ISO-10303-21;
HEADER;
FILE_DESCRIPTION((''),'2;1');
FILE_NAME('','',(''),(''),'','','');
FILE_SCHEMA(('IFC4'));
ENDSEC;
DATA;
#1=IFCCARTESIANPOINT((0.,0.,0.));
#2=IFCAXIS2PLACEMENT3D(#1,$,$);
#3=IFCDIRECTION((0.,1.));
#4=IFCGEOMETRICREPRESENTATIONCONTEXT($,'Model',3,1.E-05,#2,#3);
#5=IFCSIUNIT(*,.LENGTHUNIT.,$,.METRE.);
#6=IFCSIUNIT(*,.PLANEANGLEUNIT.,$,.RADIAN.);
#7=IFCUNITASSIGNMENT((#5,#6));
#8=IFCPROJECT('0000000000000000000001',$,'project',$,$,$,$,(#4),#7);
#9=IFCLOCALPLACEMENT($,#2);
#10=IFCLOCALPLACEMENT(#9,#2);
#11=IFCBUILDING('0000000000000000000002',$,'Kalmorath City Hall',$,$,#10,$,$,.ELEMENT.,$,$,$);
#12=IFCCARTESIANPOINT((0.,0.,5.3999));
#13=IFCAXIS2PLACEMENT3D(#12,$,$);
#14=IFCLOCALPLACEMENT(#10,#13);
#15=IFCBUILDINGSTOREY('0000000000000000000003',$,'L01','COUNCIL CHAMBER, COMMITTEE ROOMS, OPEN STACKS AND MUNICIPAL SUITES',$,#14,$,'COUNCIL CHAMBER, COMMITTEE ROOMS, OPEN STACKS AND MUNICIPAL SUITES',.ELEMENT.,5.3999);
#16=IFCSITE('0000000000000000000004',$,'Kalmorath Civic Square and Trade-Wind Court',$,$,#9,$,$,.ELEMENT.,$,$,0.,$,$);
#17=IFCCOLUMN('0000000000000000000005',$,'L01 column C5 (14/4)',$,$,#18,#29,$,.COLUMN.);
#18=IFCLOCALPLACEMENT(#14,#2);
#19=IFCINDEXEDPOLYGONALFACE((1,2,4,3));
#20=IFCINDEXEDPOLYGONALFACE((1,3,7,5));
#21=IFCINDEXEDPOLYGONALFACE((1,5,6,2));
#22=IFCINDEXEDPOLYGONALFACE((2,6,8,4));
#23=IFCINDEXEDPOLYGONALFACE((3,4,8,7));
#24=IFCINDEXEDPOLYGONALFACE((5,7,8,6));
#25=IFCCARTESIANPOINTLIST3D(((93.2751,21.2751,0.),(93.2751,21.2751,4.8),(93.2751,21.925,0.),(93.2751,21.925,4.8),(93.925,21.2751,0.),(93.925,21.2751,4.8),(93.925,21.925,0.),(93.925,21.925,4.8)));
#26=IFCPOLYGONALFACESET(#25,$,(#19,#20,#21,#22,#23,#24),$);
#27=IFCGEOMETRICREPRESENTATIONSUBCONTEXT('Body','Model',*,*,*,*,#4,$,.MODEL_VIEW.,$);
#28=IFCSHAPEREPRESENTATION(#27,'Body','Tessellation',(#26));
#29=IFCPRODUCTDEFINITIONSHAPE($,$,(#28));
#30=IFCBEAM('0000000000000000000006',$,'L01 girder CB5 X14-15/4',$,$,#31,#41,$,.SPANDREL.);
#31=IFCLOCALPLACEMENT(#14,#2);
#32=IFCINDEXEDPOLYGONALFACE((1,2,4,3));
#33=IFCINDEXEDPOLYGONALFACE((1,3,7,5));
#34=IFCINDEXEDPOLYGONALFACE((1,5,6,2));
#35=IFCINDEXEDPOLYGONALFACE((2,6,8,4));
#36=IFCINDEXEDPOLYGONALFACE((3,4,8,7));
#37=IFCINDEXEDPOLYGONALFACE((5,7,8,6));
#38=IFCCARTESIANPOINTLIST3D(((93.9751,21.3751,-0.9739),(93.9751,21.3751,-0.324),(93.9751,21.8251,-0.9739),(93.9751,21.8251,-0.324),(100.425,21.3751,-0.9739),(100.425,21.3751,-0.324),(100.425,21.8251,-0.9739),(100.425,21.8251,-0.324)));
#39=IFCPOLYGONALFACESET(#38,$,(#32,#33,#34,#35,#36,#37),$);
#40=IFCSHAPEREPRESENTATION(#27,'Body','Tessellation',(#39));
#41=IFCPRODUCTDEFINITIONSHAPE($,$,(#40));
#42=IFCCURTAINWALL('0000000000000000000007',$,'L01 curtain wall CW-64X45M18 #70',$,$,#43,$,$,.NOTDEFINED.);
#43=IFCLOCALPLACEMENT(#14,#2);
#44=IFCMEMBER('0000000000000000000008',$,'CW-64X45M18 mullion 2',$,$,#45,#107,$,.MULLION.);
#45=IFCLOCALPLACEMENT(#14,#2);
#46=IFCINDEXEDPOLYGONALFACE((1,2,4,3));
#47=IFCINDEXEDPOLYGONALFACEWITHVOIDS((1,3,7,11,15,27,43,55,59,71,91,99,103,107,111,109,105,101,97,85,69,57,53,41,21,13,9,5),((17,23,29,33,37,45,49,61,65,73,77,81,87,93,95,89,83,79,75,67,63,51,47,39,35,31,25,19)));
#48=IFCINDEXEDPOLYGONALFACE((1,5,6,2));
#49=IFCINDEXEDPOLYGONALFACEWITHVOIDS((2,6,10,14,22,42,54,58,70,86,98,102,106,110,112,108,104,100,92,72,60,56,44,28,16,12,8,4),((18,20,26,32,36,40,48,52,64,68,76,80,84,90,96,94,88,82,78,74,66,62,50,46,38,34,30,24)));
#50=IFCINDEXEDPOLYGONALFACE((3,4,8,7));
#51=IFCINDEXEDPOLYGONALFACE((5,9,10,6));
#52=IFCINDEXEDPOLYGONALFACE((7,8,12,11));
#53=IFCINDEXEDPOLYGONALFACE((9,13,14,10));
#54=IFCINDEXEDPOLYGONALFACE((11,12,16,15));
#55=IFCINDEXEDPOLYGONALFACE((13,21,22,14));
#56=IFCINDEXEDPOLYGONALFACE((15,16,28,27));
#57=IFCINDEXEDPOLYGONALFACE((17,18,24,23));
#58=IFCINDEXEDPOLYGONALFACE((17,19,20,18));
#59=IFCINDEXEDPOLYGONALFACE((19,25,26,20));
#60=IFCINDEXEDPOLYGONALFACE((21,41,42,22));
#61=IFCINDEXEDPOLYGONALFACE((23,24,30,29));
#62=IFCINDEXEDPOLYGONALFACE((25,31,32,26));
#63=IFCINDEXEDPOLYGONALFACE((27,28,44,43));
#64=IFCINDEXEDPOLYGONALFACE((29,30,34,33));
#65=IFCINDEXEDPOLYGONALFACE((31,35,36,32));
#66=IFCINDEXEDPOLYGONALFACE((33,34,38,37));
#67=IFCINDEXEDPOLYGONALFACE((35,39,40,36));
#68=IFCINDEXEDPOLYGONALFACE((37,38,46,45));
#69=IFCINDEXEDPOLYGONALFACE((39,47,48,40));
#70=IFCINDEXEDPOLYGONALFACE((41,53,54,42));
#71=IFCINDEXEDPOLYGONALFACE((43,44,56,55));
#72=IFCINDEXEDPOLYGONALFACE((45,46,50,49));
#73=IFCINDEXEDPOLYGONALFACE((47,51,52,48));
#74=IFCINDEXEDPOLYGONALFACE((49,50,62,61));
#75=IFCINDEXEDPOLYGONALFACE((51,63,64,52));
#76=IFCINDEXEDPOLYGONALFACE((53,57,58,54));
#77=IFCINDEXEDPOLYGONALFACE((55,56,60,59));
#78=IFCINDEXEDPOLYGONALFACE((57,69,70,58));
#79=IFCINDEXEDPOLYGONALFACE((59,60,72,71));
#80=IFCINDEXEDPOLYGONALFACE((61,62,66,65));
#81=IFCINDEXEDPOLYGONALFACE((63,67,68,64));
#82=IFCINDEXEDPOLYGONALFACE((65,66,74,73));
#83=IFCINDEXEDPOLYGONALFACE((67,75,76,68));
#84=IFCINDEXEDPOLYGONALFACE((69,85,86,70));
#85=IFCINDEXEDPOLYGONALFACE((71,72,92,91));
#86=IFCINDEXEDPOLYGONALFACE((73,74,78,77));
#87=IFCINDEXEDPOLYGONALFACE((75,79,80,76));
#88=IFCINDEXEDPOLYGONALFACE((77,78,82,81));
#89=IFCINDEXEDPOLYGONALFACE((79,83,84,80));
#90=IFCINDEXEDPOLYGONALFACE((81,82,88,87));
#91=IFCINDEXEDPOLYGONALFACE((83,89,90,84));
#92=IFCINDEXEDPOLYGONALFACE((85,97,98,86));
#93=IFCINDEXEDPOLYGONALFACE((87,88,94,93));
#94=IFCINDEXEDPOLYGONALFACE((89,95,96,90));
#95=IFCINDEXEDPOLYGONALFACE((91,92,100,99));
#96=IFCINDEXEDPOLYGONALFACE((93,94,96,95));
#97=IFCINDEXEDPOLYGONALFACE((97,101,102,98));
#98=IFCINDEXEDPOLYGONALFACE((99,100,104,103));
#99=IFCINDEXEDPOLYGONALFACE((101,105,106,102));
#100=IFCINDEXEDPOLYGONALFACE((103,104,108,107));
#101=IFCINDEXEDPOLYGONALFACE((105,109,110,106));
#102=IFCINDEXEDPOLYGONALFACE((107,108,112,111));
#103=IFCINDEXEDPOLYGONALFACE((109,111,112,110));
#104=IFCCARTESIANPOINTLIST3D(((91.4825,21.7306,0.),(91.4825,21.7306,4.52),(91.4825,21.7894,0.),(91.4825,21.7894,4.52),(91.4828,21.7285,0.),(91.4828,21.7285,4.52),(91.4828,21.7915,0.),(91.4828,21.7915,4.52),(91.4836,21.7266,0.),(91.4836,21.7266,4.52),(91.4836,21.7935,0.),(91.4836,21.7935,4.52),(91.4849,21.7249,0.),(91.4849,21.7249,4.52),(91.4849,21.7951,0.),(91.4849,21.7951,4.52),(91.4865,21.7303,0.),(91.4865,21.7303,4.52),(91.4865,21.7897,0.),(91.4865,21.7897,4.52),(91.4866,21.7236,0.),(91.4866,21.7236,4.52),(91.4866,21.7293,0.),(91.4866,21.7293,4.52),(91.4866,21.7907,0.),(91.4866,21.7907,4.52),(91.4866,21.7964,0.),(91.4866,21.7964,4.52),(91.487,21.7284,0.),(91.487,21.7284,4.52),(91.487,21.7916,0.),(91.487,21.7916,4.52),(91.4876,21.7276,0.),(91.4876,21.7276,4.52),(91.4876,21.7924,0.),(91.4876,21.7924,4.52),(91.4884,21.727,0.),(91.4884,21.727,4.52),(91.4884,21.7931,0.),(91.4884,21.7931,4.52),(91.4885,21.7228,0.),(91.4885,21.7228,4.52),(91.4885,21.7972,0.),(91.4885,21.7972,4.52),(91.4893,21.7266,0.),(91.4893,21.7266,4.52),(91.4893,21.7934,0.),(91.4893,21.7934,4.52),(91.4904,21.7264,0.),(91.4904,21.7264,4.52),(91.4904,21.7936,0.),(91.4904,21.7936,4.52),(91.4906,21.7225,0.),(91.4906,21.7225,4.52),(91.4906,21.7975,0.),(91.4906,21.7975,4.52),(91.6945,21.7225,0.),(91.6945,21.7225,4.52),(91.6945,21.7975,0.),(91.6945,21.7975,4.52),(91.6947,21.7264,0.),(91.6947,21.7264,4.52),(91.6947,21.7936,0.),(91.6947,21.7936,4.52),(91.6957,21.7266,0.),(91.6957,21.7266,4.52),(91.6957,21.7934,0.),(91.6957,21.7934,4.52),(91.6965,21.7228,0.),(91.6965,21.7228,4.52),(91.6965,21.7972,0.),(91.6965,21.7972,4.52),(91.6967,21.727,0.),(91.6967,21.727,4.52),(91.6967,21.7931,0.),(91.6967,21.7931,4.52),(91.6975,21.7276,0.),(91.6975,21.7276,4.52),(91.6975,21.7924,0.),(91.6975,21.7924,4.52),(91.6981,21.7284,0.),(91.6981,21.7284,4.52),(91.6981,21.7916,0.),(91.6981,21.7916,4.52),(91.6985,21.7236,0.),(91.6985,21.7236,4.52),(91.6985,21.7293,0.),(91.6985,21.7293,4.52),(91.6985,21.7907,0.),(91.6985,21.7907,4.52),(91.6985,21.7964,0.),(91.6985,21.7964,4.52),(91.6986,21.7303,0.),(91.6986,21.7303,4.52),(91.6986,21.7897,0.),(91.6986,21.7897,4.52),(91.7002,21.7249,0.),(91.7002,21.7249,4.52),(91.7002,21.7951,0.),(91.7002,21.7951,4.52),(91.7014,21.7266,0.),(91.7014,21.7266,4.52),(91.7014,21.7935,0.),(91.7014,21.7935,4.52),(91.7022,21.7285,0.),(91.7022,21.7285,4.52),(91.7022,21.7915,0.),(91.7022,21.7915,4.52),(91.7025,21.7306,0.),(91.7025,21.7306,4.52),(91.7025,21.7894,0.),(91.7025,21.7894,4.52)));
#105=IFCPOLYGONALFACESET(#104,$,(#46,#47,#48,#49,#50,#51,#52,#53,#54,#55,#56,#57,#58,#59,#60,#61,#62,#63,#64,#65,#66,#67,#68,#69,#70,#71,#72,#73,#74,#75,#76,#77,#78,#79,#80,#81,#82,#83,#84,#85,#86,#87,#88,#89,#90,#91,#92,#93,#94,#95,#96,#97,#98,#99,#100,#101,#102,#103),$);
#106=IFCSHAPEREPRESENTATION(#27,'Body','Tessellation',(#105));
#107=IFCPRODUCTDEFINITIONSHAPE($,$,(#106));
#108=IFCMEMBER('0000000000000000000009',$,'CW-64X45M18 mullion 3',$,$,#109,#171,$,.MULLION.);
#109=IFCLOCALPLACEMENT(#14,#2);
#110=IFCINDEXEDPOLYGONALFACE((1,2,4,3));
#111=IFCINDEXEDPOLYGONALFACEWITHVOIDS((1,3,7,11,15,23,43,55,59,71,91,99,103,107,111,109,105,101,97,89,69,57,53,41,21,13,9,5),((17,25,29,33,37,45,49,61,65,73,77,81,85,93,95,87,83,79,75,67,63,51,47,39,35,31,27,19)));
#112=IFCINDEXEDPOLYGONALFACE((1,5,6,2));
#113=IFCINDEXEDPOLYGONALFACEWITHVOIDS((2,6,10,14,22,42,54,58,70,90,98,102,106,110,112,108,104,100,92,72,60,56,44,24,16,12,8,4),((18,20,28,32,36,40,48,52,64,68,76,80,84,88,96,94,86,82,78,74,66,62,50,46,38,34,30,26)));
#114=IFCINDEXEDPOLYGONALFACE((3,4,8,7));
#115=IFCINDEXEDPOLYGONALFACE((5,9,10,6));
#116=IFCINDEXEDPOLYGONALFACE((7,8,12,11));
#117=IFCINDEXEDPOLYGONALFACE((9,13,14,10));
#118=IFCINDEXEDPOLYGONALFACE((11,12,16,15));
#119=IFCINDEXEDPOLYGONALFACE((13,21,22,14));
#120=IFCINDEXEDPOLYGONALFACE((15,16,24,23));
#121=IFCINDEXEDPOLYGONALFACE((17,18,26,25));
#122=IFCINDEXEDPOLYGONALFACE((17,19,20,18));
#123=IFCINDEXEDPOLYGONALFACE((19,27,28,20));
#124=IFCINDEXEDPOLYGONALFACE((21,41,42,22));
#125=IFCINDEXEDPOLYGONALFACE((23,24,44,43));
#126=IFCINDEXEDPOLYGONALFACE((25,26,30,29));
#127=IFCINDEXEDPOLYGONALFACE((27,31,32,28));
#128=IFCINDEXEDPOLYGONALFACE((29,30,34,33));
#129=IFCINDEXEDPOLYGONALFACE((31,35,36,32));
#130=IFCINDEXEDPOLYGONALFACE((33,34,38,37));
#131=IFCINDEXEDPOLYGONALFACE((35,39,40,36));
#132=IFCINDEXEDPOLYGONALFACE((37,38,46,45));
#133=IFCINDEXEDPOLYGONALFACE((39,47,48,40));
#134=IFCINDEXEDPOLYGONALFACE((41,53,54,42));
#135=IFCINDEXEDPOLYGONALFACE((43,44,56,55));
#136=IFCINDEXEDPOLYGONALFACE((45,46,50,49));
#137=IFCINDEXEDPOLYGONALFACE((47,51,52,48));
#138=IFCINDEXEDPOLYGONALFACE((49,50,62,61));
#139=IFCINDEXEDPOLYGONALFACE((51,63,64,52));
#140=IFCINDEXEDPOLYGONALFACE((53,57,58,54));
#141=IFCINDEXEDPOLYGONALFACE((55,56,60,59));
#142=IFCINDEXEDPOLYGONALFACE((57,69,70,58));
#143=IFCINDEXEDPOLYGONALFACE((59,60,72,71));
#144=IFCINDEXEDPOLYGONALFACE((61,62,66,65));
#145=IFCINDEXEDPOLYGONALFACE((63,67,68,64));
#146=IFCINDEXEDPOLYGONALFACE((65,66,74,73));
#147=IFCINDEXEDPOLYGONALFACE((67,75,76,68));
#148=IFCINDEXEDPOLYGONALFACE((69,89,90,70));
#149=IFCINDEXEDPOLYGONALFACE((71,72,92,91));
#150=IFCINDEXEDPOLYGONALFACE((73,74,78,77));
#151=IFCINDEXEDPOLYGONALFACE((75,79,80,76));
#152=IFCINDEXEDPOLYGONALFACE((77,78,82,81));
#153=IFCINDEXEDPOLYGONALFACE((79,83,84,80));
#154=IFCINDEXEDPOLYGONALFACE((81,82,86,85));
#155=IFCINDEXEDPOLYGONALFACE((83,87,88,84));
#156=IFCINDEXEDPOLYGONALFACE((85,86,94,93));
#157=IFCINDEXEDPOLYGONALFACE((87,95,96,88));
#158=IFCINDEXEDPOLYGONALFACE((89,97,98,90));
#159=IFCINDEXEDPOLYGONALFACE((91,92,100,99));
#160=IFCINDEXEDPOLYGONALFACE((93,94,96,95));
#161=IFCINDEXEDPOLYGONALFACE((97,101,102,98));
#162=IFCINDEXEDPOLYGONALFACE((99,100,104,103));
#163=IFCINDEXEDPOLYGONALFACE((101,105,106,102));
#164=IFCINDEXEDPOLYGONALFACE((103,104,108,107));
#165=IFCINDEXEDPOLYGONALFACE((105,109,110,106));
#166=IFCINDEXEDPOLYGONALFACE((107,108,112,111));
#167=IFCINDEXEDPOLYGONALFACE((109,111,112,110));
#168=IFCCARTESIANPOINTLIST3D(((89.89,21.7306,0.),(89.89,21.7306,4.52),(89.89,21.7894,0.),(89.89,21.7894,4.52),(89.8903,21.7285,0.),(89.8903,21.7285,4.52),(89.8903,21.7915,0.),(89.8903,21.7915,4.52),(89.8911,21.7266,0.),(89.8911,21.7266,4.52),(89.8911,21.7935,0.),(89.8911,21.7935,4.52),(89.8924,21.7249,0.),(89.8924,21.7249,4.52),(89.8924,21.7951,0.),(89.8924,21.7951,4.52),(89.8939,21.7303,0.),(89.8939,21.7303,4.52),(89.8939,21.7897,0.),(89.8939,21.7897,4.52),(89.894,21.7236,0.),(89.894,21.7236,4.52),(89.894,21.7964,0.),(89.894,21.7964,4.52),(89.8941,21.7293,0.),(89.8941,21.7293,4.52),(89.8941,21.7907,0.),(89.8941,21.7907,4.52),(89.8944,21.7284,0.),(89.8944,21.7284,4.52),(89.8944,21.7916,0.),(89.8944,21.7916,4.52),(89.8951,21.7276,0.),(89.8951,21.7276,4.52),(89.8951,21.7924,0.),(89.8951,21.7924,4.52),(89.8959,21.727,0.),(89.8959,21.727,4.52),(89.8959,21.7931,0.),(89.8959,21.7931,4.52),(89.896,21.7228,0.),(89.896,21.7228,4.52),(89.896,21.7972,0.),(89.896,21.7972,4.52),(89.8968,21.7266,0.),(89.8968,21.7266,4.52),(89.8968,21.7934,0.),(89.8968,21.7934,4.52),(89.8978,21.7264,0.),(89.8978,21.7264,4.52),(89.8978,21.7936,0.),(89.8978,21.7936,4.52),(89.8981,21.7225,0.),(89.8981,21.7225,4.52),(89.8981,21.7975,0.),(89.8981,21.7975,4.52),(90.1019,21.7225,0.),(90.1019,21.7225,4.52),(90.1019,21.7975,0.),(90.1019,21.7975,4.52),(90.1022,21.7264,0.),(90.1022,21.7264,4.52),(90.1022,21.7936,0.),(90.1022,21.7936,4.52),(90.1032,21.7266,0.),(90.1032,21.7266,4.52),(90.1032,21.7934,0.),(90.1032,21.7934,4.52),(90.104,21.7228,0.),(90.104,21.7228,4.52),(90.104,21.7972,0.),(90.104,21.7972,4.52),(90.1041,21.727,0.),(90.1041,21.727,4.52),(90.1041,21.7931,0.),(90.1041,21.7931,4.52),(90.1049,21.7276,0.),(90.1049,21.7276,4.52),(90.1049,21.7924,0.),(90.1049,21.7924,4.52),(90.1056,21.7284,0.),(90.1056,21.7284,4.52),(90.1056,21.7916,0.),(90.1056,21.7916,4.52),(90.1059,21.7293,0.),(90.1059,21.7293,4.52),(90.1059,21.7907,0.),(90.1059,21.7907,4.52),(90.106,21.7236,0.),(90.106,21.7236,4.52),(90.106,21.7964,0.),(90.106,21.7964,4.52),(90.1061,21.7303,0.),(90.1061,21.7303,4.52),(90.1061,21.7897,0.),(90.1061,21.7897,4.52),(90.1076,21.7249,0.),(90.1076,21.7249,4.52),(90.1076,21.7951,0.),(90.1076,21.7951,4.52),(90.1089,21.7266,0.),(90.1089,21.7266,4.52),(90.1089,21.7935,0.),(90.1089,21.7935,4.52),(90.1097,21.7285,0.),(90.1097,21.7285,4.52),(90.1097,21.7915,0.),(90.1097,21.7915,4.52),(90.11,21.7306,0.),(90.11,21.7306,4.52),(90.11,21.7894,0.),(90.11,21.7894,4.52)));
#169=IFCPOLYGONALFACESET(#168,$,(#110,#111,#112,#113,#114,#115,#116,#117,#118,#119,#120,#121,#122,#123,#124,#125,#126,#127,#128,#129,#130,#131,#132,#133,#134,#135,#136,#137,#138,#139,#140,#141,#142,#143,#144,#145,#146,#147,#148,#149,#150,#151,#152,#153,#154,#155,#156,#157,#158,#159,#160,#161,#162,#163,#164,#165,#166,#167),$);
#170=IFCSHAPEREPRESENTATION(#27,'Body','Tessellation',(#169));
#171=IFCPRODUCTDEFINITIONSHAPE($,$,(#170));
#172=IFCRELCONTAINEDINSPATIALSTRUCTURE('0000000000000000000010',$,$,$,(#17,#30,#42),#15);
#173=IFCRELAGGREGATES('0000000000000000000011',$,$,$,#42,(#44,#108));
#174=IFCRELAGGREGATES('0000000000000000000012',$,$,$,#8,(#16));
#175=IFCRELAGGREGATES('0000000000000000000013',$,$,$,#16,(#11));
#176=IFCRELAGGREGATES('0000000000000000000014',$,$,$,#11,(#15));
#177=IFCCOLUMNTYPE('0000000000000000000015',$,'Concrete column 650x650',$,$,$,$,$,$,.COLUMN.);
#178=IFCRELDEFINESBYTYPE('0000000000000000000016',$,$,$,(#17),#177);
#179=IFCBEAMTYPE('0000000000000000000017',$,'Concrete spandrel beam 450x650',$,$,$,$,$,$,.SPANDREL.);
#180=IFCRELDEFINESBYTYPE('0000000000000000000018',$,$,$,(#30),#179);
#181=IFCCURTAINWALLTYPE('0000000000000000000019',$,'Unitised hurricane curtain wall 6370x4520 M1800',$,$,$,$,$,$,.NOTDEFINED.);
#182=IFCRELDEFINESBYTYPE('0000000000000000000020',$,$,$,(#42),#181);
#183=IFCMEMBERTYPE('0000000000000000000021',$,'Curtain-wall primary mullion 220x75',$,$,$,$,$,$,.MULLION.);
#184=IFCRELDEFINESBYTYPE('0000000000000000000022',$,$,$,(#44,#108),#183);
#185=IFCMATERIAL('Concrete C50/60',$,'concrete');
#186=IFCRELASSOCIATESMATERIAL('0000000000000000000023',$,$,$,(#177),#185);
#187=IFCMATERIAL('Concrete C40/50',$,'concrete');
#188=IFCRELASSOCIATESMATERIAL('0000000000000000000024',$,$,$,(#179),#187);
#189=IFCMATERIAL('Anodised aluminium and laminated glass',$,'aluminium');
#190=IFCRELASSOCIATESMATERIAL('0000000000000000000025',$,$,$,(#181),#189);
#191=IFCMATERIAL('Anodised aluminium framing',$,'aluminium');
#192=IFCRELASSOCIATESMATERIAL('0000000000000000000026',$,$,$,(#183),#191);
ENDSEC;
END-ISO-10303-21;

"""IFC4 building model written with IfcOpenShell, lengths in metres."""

from ifc_helpers import new_model, si_unit, direction, frame, origin, origin_2d, place, context, subcontext, project, spatial, rectangle, hollow_rectangle, extrude, material, material_profile, profile_set, type_object, element, aggregate, save


model = new_model("IFC4")

# Units and contexts
model_context = context("Model", 3, precision=1e-05, world=origin(), true_north=direction((0.0, 1.0)))
body_context = subcontext(model_context, "Body", "Model", "MODEL_VIEW")
ifc_project = project(units=[si_unit("LENGTHUNIT", "METRE"), si_unit("PLANEANGLEUNIT", "RADIAN")], contexts=[model_context])

# Site, building, storey
site_placement = place(None, origin())
site = spatial("IfcSite", under=ifc_project, at=site_placement, Name="Kalmorath Civic Square and Trade-Wind Court", CompositionType="ELEMENT", RefElevation=0.0)
building_placement = place(site_placement, origin())
building = spatial("IfcBuilding", under=site, at=building_placement, Name="Kalmorath City Hall", CompositionType="ELEMENT")
storey_placement = place(building_placement, frame((0.0, 0.0, 5.3999)))
storey = spatial("IfcBuildingStorey", under=building, at=storey_placement, Name="L01", Description="COUNCIL CHAMBER, COMMITTEE ROOMS, OPEN STACKS AND MUNICIPAL SUITES", LongName="COUNCIL CHAMBER, COMMITTEE ROOMS, OPEN STACKS AND MUNICIPAL SUITES", CompositionType="ELEMENT", Elevation=5.3999)

# Column
ifc_material_1 = material(Name="Concrete C50/60", Category="concrete")
ifc_material_profile_1 = material_profile(ifc_material_1, rectangle(XDim=0.6499, YDim=0.6499, at=origin_2d()), Name="RC-COL-650X650")
ifc_profile_set_1 = profile_set([ifc_material_profile_1], Name="Concrete C50/60")
column_type = type_object("IfcColumnType", Name="Concrete column 650x650", PredefinedType="COLUMN", material=ifc_profile_set_1)
column_placement = place(storey_placement, frame((93.6001, 21.6001, 0.0), z_axis=(0.0, 0.0, 1.0), x_axis=(1.0, 0.0, 0.0)))
element("IfcColumn", 1, at=column_placement, inside=storey, type_object=column_type, Name="L01 column C5 (14/4)", PredefinedType="COLUMN", context=body_context, shape_type="SweptSolid", body=[
    extrude(rectangle(XDim=0.6499, YDim=0.6499, at=origin_2d()), origin(), (0.0, 0.0, 1.0), 4.8),
])

# Beam
ifc_material_2 = material(Name="Concrete C40/50", Category="concrete")
ifc_material_profile_2 = material_profile(ifc_material_2, rectangle(XDim=0.45, YDim=0.6499, at=origin_2d()), Name="RC-BM-450X650")
ifc_profile_set_2 = profile_set([ifc_material_profile_2], Name="Concrete C40/50")
beam_type_1 = type_object("IfcBeamType", Name="Concrete spandrel beam 450x650", PredefinedType="SPANDREL", material=ifc_profile_set_2)
beam_1_placement = place(storey_placement, frame((93.9751, 21.6001, -0.6489), z_axis=(1.0, 0.0, 0.0), x_axis=(0.0, 1.0, 0.0)))
element("IfcBeam", 2, at=beam_1_placement, inside=storey, type_object=beam_type_1, Name="L01 girder CB5 X14-15/4", PredefinedType="SPANDREL", context=body_context, shape_type="SweptSolid", body=[
    extrude(rectangle(XDim=0.45, YDim=0.6499, at=origin_2d()), origin(), (0.0, 0.0, 1.0), 6.45),
])

# Curtain wall, members
ifc_material_3 = material(Name="Anodised aluminium and laminated glass", Category="aluminium")
curtain_wall_type = type_object("IfcCurtainWallType", Name="Unitised hurricane curtain wall 6370x4520 M1800", PredefinedType="NOTDEFINED", material=ifc_material_3)
curtain_wall_placement = place(storey_placement, origin())
curtain_wall = element("IfcCurtainWall", 3, at=curtain_wall_placement, inside=storey, type_object=curtain_wall_type, Name="L01 curtain wall CW-64X45M18 #70", PredefinedType="NOTDEFINED")
ifc_material_4 = material(Name="Anodised aluminium framing", Category="aluminium")
ifc_material_profile_3 = material_profile(ifc_material_4, hollow_rectangle(XDim=0.075, YDim=0.22, WallThickness=0.0039, InnerFilletRadius=0.0039, OuterFilletRadius=0.0081, at=origin_2d()), Name="ALU-MUL-220X75X4")
ifc_profile_set_3 = profile_set([ifc_material_profile_3], Name="Anodised aluminium framing")
member_type_1 = type_object("IfcMemberType", Name="Curtain-wall primary mullion 220x75", PredefinedType="MULLION", material=ifc_profile_set_3)
member_1_placement = place(storey_placement, frame((91.5925, 21.76, 0.0), z_axis=(0.0, 0.0, 1.0), x_axis=(0.0, -1.0, 0.0)))
member_1 = element("IfcMember", 4, at=member_1_placement, type_object=member_type_1, Name="CW-64X45M18 mullion 2", PredefinedType="MULLION", context=body_context, shape_type="SweptSolid", body=[
    extrude(hollow_rectangle(XDim=0.075, YDim=0.22, WallThickness=0.0039, InnerFilletRadius=0.0039, OuterFilletRadius=0.0081, at=origin_2d()), origin(), (0.0, 0.0, 1.0), 4.52),
])
member_2_placement = place(storey_placement, frame((90.0, 21.76, 0.0), z_axis=(0.0, 0.0, 1.0), x_axis=(0.0, -1.0, 0.0)))
member_2 = element("IfcMember", 5, at=member_2_placement, type_object=member_type_1, Name="CW-64X45M18 mullion 3", PredefinedType="MULLION", context=body_context, shape_type="SweptSolid", body=[
    extrude(hollow_rectangle(XDim=0.075, YDim=0.22, WallThickness=0.0039, InnerFilletRadius=0.0039, OuterFilletRadius=0.0081, at=origin_2d()), origin(), (0.0, 0.0, 1.0), 4.52),
])

aggregate(curtain_wall, [member_1, member_2])

save(model, "model.ifc")
